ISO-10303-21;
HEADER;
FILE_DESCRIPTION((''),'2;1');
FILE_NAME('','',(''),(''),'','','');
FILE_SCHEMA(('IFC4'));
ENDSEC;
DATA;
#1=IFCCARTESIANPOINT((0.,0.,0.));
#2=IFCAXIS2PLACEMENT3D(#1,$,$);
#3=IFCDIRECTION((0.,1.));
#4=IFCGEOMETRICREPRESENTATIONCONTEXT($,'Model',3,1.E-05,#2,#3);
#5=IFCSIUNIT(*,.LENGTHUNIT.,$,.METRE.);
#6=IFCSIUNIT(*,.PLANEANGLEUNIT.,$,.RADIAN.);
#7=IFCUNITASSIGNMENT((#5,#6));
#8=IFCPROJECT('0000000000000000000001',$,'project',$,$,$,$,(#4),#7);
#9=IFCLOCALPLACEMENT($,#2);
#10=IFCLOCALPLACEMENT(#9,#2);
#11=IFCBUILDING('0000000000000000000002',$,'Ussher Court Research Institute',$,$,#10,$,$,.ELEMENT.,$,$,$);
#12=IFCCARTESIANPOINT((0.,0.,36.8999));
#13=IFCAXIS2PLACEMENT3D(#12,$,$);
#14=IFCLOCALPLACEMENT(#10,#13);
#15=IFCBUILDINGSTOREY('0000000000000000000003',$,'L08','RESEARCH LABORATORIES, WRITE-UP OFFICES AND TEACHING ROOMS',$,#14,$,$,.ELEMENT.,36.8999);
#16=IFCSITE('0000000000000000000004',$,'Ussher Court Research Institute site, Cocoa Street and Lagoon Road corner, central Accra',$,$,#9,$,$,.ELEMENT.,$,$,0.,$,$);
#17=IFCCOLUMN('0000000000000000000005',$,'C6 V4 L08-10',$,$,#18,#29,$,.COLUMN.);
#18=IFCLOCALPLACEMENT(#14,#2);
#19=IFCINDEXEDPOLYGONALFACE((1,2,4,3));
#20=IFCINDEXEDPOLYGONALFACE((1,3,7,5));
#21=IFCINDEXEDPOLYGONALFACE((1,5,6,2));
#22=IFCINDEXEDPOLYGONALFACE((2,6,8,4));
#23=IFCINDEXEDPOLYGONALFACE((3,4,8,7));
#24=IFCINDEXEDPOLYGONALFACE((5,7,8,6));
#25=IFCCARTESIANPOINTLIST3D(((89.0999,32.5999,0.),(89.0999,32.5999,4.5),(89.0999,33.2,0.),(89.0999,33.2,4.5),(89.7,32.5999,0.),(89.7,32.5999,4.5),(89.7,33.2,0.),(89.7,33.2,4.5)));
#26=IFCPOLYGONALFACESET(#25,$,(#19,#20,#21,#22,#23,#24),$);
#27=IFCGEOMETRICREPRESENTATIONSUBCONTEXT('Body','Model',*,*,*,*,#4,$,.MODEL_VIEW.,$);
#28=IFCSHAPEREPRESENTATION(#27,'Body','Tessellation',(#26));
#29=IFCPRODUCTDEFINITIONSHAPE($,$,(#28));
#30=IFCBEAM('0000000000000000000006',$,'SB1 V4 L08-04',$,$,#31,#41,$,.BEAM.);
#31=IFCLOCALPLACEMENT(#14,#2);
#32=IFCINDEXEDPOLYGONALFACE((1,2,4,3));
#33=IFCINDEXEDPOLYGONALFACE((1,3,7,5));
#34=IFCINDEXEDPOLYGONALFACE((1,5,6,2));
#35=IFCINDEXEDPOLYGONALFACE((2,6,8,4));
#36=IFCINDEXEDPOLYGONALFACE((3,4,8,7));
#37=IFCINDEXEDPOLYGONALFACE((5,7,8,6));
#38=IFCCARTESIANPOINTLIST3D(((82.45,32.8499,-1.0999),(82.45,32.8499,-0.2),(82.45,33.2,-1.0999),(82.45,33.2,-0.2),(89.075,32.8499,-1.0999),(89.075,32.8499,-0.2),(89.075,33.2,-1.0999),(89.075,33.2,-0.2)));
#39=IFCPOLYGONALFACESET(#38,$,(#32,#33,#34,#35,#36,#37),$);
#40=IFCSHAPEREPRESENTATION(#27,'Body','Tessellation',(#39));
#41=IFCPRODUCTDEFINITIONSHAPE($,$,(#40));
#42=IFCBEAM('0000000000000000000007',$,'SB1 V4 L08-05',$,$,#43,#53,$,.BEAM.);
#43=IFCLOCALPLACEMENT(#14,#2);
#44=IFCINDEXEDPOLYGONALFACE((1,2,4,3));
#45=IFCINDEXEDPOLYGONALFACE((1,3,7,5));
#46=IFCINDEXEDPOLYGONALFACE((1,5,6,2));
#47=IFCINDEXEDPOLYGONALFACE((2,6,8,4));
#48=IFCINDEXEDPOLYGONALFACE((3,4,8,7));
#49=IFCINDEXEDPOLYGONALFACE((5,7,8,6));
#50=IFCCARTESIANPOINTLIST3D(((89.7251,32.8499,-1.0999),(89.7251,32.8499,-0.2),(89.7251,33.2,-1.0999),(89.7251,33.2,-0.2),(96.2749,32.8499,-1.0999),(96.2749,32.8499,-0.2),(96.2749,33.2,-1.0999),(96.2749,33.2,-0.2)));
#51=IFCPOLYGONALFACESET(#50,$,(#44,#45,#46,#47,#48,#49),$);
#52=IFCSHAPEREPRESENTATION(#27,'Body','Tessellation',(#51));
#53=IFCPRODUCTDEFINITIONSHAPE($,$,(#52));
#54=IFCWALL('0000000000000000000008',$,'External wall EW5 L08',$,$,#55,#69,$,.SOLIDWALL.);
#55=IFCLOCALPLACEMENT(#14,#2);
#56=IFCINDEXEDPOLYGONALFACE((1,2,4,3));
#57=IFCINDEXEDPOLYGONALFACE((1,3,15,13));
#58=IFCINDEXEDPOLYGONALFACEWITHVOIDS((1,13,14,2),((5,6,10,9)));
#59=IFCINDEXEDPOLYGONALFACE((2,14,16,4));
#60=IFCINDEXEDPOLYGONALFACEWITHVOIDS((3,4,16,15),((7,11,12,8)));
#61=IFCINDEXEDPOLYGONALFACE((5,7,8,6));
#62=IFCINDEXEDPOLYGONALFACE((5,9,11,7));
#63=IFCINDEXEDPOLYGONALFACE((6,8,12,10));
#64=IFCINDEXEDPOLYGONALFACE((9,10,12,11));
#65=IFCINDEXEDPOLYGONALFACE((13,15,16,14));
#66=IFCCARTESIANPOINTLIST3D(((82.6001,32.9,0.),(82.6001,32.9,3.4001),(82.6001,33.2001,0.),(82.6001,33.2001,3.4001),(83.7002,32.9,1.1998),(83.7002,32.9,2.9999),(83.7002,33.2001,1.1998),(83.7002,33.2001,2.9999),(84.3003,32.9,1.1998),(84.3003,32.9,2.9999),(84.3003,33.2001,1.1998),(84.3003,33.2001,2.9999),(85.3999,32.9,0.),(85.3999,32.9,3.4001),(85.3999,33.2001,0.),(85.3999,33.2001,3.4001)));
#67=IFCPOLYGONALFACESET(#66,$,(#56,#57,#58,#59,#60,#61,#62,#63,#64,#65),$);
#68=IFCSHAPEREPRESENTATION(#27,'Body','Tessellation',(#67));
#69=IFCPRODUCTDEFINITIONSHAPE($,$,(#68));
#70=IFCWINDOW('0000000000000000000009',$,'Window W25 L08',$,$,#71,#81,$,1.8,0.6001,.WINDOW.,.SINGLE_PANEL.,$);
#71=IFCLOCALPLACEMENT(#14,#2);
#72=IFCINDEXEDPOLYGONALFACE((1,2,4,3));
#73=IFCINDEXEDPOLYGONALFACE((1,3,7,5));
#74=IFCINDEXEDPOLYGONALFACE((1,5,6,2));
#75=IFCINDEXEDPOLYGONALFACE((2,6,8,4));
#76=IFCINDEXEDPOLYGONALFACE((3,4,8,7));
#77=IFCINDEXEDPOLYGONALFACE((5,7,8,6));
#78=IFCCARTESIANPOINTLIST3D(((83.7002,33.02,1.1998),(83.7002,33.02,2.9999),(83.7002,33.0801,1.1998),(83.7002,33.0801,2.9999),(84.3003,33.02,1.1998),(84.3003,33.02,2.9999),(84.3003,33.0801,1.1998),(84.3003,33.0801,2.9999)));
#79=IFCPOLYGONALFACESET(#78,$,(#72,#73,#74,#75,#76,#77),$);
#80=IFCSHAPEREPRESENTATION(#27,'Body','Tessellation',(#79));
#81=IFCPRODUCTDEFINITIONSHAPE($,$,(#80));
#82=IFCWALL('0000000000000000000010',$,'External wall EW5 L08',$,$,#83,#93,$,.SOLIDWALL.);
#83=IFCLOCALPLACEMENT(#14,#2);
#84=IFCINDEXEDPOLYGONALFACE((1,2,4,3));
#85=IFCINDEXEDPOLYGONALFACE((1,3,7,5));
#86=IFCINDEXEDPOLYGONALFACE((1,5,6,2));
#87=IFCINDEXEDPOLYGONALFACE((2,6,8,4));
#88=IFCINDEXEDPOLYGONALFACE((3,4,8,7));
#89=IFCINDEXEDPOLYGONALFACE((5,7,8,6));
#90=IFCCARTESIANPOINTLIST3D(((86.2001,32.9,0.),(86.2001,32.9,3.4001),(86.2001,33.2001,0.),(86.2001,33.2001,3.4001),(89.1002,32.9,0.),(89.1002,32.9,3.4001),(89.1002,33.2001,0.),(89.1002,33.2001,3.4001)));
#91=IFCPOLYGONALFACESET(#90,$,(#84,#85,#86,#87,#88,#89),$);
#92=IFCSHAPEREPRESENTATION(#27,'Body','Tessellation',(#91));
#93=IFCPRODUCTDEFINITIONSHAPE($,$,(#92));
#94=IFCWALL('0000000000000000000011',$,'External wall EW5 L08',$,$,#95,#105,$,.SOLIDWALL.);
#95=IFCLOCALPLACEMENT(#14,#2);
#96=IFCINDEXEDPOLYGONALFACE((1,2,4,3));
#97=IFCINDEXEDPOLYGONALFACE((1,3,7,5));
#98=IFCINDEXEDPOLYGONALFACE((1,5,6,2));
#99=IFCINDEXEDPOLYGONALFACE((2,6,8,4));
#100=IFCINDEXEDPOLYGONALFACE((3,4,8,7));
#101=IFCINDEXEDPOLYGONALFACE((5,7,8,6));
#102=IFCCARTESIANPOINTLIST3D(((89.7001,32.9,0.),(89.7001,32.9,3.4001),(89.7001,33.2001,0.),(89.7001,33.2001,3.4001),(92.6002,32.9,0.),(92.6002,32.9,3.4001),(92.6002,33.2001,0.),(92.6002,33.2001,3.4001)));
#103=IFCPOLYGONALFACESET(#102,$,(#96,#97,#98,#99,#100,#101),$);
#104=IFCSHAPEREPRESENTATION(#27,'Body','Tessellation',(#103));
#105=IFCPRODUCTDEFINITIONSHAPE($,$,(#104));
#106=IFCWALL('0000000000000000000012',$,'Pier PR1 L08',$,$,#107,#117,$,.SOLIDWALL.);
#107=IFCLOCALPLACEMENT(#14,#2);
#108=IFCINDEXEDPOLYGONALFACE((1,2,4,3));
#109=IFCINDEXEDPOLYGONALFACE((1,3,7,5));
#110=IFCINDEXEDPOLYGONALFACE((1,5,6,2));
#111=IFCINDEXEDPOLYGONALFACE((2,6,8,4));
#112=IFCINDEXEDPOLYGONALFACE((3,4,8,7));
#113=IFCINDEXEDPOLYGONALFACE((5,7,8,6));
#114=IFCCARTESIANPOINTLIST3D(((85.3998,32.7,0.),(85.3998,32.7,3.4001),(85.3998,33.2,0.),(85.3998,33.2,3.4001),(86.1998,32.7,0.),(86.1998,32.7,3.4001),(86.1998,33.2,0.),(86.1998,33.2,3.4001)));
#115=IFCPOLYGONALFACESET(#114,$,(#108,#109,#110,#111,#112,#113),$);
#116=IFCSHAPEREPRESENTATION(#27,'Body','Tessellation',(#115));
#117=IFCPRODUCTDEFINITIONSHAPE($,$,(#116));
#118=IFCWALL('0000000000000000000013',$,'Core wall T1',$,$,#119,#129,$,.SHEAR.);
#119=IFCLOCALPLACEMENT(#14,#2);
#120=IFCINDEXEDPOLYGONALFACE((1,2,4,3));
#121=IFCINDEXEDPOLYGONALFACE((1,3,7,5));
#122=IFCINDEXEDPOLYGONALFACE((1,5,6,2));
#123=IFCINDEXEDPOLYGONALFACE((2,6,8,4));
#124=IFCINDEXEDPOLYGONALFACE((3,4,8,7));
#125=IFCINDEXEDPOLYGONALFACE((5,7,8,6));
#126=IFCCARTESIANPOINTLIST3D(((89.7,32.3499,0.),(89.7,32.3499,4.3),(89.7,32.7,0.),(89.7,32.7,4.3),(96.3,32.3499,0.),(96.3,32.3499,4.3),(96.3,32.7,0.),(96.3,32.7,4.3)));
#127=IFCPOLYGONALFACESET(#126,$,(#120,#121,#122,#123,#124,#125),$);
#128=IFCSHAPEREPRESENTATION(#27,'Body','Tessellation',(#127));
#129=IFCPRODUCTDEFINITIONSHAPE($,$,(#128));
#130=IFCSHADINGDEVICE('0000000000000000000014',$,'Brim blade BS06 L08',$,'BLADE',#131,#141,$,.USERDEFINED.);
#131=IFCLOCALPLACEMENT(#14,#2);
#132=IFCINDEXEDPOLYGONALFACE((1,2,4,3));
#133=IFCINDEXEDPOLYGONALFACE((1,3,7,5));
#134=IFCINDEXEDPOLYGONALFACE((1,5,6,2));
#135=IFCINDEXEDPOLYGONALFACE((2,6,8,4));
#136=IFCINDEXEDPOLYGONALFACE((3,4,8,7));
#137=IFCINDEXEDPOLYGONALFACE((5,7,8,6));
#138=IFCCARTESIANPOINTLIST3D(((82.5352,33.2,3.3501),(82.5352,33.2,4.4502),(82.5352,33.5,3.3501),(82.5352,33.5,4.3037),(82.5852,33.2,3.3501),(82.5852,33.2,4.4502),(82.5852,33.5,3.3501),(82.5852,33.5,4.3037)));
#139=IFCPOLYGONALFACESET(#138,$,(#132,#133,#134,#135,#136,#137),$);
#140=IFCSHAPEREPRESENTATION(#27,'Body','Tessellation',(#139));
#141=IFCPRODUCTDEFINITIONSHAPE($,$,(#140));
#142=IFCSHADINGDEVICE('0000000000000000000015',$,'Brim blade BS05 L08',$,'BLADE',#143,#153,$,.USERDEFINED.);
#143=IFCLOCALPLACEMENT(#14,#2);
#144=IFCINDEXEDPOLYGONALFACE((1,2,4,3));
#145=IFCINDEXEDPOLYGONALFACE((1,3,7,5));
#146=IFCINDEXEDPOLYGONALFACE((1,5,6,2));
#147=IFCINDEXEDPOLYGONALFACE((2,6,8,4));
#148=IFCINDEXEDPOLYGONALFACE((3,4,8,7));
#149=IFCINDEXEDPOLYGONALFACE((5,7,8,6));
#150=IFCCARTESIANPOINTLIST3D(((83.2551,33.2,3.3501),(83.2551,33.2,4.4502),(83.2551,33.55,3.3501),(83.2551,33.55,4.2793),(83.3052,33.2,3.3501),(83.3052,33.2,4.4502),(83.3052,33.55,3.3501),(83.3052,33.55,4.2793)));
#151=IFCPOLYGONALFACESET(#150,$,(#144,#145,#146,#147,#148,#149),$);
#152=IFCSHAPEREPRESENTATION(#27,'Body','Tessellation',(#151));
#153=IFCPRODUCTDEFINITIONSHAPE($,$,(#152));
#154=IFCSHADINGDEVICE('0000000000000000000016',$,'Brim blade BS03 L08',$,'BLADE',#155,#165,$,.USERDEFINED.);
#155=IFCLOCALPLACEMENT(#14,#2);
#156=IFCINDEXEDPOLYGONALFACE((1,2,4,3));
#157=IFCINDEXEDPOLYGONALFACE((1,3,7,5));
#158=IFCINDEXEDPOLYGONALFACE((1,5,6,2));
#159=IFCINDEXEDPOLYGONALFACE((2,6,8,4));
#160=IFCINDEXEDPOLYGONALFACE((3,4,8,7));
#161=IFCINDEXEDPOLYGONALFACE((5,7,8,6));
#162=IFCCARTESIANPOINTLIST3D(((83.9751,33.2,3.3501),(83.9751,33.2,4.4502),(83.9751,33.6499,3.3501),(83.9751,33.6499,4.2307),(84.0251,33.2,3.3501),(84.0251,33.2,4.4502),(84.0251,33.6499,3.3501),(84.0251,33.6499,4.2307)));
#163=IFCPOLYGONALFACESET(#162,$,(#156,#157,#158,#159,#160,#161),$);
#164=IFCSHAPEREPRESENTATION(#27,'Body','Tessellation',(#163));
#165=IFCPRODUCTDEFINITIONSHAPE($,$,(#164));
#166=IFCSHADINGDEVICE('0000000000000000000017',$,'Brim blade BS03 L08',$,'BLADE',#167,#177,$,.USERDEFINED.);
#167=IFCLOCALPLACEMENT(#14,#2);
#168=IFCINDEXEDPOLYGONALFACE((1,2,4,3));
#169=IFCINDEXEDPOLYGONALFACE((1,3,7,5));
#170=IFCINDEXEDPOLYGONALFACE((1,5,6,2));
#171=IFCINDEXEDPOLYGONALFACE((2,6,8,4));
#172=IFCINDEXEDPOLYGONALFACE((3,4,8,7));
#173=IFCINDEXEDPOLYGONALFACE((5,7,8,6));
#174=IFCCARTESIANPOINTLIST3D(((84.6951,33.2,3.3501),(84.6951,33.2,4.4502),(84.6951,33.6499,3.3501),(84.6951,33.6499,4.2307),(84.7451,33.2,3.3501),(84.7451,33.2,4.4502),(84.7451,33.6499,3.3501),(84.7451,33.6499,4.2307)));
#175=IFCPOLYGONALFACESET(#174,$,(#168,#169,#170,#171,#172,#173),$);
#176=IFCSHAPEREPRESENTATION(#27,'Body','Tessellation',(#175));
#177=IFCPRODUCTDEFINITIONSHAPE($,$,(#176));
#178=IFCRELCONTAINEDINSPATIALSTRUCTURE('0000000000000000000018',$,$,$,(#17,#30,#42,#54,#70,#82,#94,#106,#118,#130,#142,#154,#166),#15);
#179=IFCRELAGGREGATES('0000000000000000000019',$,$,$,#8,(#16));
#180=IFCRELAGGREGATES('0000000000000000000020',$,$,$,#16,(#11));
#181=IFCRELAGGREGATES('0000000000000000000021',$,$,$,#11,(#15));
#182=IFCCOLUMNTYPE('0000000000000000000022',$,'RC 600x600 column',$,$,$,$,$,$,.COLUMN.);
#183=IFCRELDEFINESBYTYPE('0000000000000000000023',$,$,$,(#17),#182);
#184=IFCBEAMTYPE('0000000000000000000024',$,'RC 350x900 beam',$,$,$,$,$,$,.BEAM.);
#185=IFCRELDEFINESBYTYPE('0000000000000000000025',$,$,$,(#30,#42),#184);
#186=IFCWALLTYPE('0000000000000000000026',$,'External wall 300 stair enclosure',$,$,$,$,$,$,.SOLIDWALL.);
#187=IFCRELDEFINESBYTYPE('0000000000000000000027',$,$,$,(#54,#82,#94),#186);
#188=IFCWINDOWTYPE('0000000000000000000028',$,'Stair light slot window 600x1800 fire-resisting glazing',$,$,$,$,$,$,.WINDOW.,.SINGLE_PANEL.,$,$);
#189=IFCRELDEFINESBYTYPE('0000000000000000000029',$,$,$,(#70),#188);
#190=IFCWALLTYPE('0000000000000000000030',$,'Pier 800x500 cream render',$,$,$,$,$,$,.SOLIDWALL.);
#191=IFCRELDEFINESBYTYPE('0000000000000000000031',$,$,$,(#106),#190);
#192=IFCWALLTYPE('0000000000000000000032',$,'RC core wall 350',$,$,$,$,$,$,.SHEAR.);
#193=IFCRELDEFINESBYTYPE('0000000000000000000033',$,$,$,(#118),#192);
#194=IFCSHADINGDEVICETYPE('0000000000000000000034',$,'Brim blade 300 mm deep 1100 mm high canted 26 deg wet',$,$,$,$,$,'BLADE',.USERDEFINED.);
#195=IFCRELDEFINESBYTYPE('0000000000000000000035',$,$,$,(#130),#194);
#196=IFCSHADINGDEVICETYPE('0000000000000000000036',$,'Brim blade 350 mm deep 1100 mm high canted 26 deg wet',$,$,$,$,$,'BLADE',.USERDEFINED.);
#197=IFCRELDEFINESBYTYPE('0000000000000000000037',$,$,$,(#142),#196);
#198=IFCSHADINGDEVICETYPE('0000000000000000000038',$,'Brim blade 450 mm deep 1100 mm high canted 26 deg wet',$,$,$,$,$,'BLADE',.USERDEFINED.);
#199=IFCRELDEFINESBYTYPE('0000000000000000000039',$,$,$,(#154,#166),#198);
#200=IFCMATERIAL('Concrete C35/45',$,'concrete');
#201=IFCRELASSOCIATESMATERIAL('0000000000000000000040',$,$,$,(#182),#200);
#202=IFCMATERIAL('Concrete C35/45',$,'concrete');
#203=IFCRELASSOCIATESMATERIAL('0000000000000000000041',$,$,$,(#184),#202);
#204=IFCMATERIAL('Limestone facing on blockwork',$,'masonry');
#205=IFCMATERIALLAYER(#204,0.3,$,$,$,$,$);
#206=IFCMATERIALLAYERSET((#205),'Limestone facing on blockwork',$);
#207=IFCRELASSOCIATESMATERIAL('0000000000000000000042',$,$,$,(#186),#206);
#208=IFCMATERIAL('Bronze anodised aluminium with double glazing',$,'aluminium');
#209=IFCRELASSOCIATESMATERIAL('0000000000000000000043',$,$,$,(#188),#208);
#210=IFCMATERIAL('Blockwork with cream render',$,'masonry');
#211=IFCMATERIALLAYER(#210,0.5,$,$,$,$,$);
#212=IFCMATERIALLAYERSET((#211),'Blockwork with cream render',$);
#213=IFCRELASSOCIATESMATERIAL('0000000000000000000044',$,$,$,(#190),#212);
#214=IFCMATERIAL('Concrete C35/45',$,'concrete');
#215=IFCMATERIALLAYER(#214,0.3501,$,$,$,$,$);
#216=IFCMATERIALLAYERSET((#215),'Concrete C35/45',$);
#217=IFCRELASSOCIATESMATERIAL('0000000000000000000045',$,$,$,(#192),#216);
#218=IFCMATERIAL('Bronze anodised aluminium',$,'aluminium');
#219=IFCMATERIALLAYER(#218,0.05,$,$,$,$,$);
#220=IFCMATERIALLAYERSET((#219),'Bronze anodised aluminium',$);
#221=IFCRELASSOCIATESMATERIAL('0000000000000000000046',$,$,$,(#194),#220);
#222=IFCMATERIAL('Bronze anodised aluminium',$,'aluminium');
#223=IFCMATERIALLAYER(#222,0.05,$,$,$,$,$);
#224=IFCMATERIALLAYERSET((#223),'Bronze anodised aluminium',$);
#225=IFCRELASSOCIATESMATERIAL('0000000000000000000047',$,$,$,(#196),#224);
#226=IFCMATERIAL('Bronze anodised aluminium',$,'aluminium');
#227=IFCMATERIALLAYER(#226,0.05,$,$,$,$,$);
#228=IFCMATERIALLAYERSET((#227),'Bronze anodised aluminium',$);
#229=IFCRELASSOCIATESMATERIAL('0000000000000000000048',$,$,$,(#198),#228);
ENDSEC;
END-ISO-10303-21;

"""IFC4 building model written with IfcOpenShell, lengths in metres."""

from ifc_helpers import new_model, si_unit, direction, frame, frame_2d, origin, origin_2d, place, context, subcontext, project, spatial, polyline, rectangle, outline, extrude, material, layer, layer_set, material_profile, profile_set, type_object, element, fill, save


model = new_model("IFC4")

# Units and contexts
model_context = context("Model", 3, precision=1e-05, world=origin(), true_north=direction((0.0, 1.0)))
body_context = subcontext(model_context, "Body", "Model", "MODEL_VIEW")
ifc_project = project(units=[si_unit("LENGTHUNIT", "METRE"), si_unit("PLANEANGLEUNIT", "RADIAN")], contexts=[model_context])

# Site, building, storey
site_placement = place(None, origin())
site = spatial("IfcSite", under=ifc_project, at=site_placement, Name="Ussher Court Research Institute site, Cocoa Street and Lagoon Road corner, central Accra", CompositionType="ELEMENT", RefElevation=0.0)
building_placement = place(site_placement, origin())
building = spatial("IfcBuilding", under=site, at=building_placement, Name="Ussher Court Research Institute", CompositionType="ELEMENT")
storey_placement = place(building_placement, frame((0.0, 0.0, 36.8999)))
storey = spatial("IfcBuildingStorey", under=building, at=storey_placement, Name="L08", Description="RESEARCH LABORATORIES, WRITE-UP OFFICES AND TEACHING ROOMS", CompositionType="ELEMENT", Elevation=36.8999)

# Column
ifc_material_1 = material(Name="Concrete C35/45", Category="concrete")
ifc_material_profile_1 = material_profile(ifc_material_1, rectangle(XDim=0.6001, YDim=0.6001, at=origin_2d()), Name="RC 600x600")
ifc_profile_set_1 = profile_set([ifc_material_profile_1], Name="Concrete C35/45")
column_type = type_object("IfcColumnType", Name="RC 600x600 column", PredefinedType="COLUMN", material=ifc_profile_set_1)
column_placement = place(storey_placement, frame((89.3999, 32.8999, 0.0), z_axis=(0.0, 0.0, 1.0), x_axis=(1.0, 0.0, 0.0)))
element("IfcColumn", 1, at=column_placement, inside=storey, type_object=column_type, Name="C6 V4 L08-10", PredefinedType="COLUMN", context=body_context, shape_type="SweptSolid", body=[
    extrude(rectangle(XDim=0.6001, YDim=0.6001, at=origin_2d()), origin(), (0.0, 0.0, 1.0), 4.5),
])

# Beams
ifc_material_2 = material(Name="Concrete C35/45", Category="concrete")
ifc_material_profile_2 = material_profile(ifc_material_2, rectangle(XDim=0.3501, YDim=0.8999, at=origin_2d()), Name="RC 350x900")
ifc_profile_set_2 = profile_set([ifc_material_profile_2], Name="Concrete C35/45")
beam_type = type_object("IfcBeamType", Name="RC 350x900 beam", PredefinedType="BEAM", material=ifc_profile_set_2)
beam_1_placement = place(storey_placement, frame((82.45, 33.0249, -0.6499), z_axis=(1.0, 0.0, 0.0), x_axis=(0.0, 1.0, 0.0)))
element("IfcBeam", 2, at=beam_1_placement, inside=storey, type_object=beam_type, Name="SB1 V4 L08-04", PredefinedType="BEAM", context=body_context, shape_type="SweptSolid", body=[
    extrude(rectangle(XDim=0.3501, YDim=0.8999, at=origin_2d()), origin(), (0.0, 0.0, 1.0), 6.625),
])
beam_2_placement = place(storey_placement, frame((89.7251, 33.0249, -0.6499), z_axis=(1.0, 0.0, 0.0), x_axis=(0.0, 1.0, 0.0)))
element("IfcBeam", 3, at=beam_2_placement, inside=storey, type_object=beam_type, Name="SB1 V4 L08-05", PredefinedType="BEAM", context=body_context, shape_type="SweptSolid", body=[
    extrude(rectangle(XDim=0.3501, YDim=0.8999, at=origin_2d()), origin(), (0.0, 0.0, 1.0), 6.5498),
])

# Wall, opening, window
ifc_material_3 = material(Name="Limestone facing on blockwork", Category="masonry")
ifc_layer_1 = layer(ifc_material_3, 0.3)
ifc_layer_set_1 = layer_set([ifc_layer_1], Name="Limestone facing on blockwork")
wall_type_1 = type_object("IfcWallType", Name="External wall 300 stair enclosure", PredefinedType="SOLIDWALL", material=ifc_layer_set_1)
wall_1_placement = place(storey_placement, frame((82.6001, 33.05, 0.0), z_axis=(0.0, 0.0, 1.0), x_axis=(1.0, 0.0, 0.0)))
wall_1 = element("IfcWall", 4, at=wall_1_placement, inside=storey, type_object=wall_type_1, Name="External wall EW5 L08", PredefinedType="SOLIDWALL", context=body_context, shape_type="SweptSolid", body=[
    extrude(rectangle(XDim=2.7998, YDim=0.3, at=frame_2d((1.3999, 0.0))), origin(), (0.0, 0.0, 1.0), 3.4001),
])
opening_placement = place(wall_1_placement, frame((1.1001, 0.0, 1.2)))
opening = element("IfcOpeningElement", 5, at=opening_placement, cuts=wall_1, PredefinedType="OPENING", context=body_context, shape_type="SweptSolid", body=[
    extrude(rectangle(XDim=0.6001, YDim=1.8, at=frame_2d((0.3, 0.8999))), frame((0.0, 0.1602, 0.0), z_axis=(0.0, -1.0, 0.0), x_axis=(1.0, 0.0, 0.0)), (0.0, 0.0, 1.0), 0.3201),
])
ifc_material_4 = material(Name="Bronze anodised aluminium with double glazing", Category="aluminium")
window_type = type_object("IfcWindowType", Name="Stair light slot window 600x1800 fire-resisting glazing", PartitioningType="SINGLE_PANEL", PredefinedType="WINDOW", material=ifc_material_4)
window_placement = place(opening_placement, origin())
window = element("IfcWindow", 6, at=window_placement, inside=storey, type_object=window_type, Name="Window W25 L08", OverallHeight=1.8, OverallWidth=0.6001, PartitioningType="SINGLE_PANEL", PredefinedType="WINDOW", context=body_context, shape_type="SweptSolid", body=[
    extrude(rectangle(XDim=0.6001, YDim=1.8, at=frame_2d((0.3, 0.8999))), frame((0.0, 0.03, 0.0), z_axis=(0.0, -1.0, 0.0), x_axis=(1.0, 0.0, 0.0)), (0.0, 0.0, 1.0), 0.0601),
])
fill(opening, window)

# Walls
for number, where, z_axis, x_axis, name in (
    (7, (86.2, 33.05, 0.0), (0.0, 0.0, 1.0), (1.0, 0.0, 0.0), "External wall EW5 L08"),
    (8, (89.7, 33.05, 0.0), (0.0, 0.0, 1.0), (1.0, 0.0, 0.0), "External wall EW5 L08"),
):
    element("IfcWall", number, at=place(storey_placement, frame(where, z_axis=z_axis, x_axis=x_axis)), inside=storey, type_object=wall_type_1, Name=name, PredefinedType="SOLIDWALL", context=body_context, shape_type="SweptSolid", body=[
        extrude(rectangle(XDim=2.9001, YDim=0.3, at=frame_2d((1.4502, 0.0))), origin(), (0.0, 0.0, 1.0), 3.4001),
    ])
ifc_material_5 = material(Name="Blockwork with cream render", Category="masonry")
ifc_layer_2 = layer(ifc_material_5, 0.5)
ifc_layer_set_2 = layer_set([ifc_layer_2], Name="Blockwork with cream render")
wall_type_2 = type_object("IfcWallType", Name="Pier 800x500 cream render", PredefinedType="SOLIDWALL", material=ifc_layer_set_2)
wall_2_placement = place(storey_placement, frame((85.3999, 32.95, 0.0), z_axis=(0.0, 0.0, 1.0), x_axis=(1.0, 0.0, 0.0)))
element("IfcWall", 9, at=wall_2_placement, inside=storey, type_object=wall_type_2, Name="Pier PR1 L08", PredefinedType="SOLIDWALL", context=body_context, shape_type="SweptSolid", body=[
    extrude(rectangle(XDim=0.8, YDim=0.5, at=frame_2d((0.3999, 0.0))), origin(), (0.0, 0.0, 1.0), 3.4001),
])
ifc_material_6 = material(Name="Concrete C35/45", Category="concrete")
ifc_layer_3 = layer(ifc_material_6, 0.3501)
ifc_layer_set_3 = layer_set([ifc_layer_3], Name="Concrete C35/45")
wall_type_3 = type_object("IfcWallType", Name="RC core wall 350", PredefinedType="SHEAR", material=ifc_layer_set_3)
wall_3_placement = place(storey_placement, frame((89.7, 32.5249, 0.0), z_axis=(0.0, 0.0, 1.0), x_axis=(1.0, 0.0, 0.0)))
element("IfcWall", 10, at=wall_3_placement, inside=storey, type_object=wall_type_3, Name="Core wall T1", PredefinedType="SHEAR", context=body_context, shape_type="SweptSolid", body=[
    extrude(rectangle(XDim=6.6001, YDim=0.3501, at=frame_2d((3.3, 0.0))), origin(), (0.0, 0.0, 1.0), 4.3),
])

# Shading devices
ifc_material_7 = material(Name="Bronze anodised aluminium", Category="aluminium")
ifc_layer_4 = layer(ifc_material_7, 0.05)
ifc_layer_set_4 = layer_set([ifc_layer_4], Name="Bronze anodised aluminium")
shading_device_type_1 = type_object("IfcShadingDeviceType", Name="Brim blade 300 mm deep 1100 mm high canted 26 deg wet", ElementType="BLADE", PredefinedType="USERDEFINED", material=ifc_layer_set_4)
shading_device_1_placement = place(storey_placement, frame((82.5601, 33.2, 3.3501), z_axis=(0.0, 0.0, 1.0), x_axis=(0.0, 1.0, 0.0)))
element("IfcShadingDevice", 11, at=shading_device_1_placement, inside=storey, type_object=shading_device_type_1, Name="Brim blade BS06 L08", ObjectType="BLADE", PredefinedType="USERDEFINED", context=body_context, shape_type="SweptSolid", body=[
    extrude(outline(polyline([(0.0, 0.0), (0.3, 0.0), (0.3, 0.9536), (0.0, 1.1001), (0.0, 0.0)])), frame((0.0, 0.0249, 0.0), z_axis=(0.0, -1.0, 0.0), x_axis=(1.0, 0.0, 0.0)), (0.0, 0.0, 1.0), 0.05),
])
ifc_material_8 = material(Name="Bronze anodised aluminium", Category="aluminium")
ifc_layer_5 = layer(ifc_material_8, 0.05)
ifc_layer_set_5 = layer_set([ifc_layer_5], Name="Bronze anodised aluminium")
shading_device_type_2 = type_object("IfcShadingDeviceType", Name="Brim blade 350 mm deep 1100 mm high canted 26 deg wet", ElementType="BLADE", PredefinedType="USERDEFINED", material=ifc_layer_set_5)
shading_device_2_placement = place(storey_placement, frame((83.28, 33.2, 3.3501), z_axis=(0.0, 0.0, 1.0), x_axis=(0.0, 1.0, 0.0)))
element("IfcShadingDevice", 12, at=shading_device_2_placement, inside=storey, type_object=shading_device_type_2, Name="Brim blade BS05 L08", ObjectType="BLADE", PredefinedType="USERDEFINED", context=body_context, shape_type="SweptSolid", body=[
    extrude(outline(polyline([(0.0, 0.0), (0.3501, 0.0), (0.3501, 0.9292), (0.0, 1.1001), (0.0, 0.0)])), frame((0.0, 0.0249, 0.0), z_axis=(0.0, -1.0, 0.0), x_axis=(1.0, 0.0, 0.0)), (0.0, 0.0, 1.0), 0.05),
])
ifc_material_9 = material(Name="Bronze anodised aluminium", Category="aluminium")
ifc_layer_6 = layer(ifc_material_9, 0.05)
ifc_layer_set_6 = layer_set([ifc_layer_6], Name="Bronze anodised aluminium")
shading_device_type_3 = type_object("IfcShadingDeviceType", Name="Brim blade 450 mm deep 1100 mm high canted 26 deg wet", ElementType="BLADE", PredefinedType="USERDEFINED", material=ifc_layer_set_6)
for number, where, z_axis, x_axis, name in (
    (13, (84.0, 33.2, 3.3501), (0.0, 0.0, 1.0), (0.0, 1.0, 0.0), "Brim blade BS03 L08"),
    (14, (84.72, 33.2, 3.3501), (0.0, 0.0, 1.0), (0.0, 1.0, 0.0), "Brim blade BS03 L08"),
):
    element("IfcShadingDevice", number, at=place(storey_placement, frame(where, z_axis=z_axis, x_axis=x_axis)), inside=storey, type_object=shading_device_type_3, Name=name, ObjectType="BLADE", PredefinedType="USERDEFINED", context=body_context, shape_type="SweptSolid", body=[
        extrude(outline(polyline([(0.0, 0.0), (0.45, 0.0), (0.45, 0.8806), (0.0, 1.1001), (0.0, 0.0)])), frame((0.0, 0.0249, 0.0), z_axis=(0.0, -1.0, 0.0), x_axis=(1.0, 0.0, 0.0)), (0.0, 0.0, 1.0), 0.05),
    ])

save(model, "model.ifc")
